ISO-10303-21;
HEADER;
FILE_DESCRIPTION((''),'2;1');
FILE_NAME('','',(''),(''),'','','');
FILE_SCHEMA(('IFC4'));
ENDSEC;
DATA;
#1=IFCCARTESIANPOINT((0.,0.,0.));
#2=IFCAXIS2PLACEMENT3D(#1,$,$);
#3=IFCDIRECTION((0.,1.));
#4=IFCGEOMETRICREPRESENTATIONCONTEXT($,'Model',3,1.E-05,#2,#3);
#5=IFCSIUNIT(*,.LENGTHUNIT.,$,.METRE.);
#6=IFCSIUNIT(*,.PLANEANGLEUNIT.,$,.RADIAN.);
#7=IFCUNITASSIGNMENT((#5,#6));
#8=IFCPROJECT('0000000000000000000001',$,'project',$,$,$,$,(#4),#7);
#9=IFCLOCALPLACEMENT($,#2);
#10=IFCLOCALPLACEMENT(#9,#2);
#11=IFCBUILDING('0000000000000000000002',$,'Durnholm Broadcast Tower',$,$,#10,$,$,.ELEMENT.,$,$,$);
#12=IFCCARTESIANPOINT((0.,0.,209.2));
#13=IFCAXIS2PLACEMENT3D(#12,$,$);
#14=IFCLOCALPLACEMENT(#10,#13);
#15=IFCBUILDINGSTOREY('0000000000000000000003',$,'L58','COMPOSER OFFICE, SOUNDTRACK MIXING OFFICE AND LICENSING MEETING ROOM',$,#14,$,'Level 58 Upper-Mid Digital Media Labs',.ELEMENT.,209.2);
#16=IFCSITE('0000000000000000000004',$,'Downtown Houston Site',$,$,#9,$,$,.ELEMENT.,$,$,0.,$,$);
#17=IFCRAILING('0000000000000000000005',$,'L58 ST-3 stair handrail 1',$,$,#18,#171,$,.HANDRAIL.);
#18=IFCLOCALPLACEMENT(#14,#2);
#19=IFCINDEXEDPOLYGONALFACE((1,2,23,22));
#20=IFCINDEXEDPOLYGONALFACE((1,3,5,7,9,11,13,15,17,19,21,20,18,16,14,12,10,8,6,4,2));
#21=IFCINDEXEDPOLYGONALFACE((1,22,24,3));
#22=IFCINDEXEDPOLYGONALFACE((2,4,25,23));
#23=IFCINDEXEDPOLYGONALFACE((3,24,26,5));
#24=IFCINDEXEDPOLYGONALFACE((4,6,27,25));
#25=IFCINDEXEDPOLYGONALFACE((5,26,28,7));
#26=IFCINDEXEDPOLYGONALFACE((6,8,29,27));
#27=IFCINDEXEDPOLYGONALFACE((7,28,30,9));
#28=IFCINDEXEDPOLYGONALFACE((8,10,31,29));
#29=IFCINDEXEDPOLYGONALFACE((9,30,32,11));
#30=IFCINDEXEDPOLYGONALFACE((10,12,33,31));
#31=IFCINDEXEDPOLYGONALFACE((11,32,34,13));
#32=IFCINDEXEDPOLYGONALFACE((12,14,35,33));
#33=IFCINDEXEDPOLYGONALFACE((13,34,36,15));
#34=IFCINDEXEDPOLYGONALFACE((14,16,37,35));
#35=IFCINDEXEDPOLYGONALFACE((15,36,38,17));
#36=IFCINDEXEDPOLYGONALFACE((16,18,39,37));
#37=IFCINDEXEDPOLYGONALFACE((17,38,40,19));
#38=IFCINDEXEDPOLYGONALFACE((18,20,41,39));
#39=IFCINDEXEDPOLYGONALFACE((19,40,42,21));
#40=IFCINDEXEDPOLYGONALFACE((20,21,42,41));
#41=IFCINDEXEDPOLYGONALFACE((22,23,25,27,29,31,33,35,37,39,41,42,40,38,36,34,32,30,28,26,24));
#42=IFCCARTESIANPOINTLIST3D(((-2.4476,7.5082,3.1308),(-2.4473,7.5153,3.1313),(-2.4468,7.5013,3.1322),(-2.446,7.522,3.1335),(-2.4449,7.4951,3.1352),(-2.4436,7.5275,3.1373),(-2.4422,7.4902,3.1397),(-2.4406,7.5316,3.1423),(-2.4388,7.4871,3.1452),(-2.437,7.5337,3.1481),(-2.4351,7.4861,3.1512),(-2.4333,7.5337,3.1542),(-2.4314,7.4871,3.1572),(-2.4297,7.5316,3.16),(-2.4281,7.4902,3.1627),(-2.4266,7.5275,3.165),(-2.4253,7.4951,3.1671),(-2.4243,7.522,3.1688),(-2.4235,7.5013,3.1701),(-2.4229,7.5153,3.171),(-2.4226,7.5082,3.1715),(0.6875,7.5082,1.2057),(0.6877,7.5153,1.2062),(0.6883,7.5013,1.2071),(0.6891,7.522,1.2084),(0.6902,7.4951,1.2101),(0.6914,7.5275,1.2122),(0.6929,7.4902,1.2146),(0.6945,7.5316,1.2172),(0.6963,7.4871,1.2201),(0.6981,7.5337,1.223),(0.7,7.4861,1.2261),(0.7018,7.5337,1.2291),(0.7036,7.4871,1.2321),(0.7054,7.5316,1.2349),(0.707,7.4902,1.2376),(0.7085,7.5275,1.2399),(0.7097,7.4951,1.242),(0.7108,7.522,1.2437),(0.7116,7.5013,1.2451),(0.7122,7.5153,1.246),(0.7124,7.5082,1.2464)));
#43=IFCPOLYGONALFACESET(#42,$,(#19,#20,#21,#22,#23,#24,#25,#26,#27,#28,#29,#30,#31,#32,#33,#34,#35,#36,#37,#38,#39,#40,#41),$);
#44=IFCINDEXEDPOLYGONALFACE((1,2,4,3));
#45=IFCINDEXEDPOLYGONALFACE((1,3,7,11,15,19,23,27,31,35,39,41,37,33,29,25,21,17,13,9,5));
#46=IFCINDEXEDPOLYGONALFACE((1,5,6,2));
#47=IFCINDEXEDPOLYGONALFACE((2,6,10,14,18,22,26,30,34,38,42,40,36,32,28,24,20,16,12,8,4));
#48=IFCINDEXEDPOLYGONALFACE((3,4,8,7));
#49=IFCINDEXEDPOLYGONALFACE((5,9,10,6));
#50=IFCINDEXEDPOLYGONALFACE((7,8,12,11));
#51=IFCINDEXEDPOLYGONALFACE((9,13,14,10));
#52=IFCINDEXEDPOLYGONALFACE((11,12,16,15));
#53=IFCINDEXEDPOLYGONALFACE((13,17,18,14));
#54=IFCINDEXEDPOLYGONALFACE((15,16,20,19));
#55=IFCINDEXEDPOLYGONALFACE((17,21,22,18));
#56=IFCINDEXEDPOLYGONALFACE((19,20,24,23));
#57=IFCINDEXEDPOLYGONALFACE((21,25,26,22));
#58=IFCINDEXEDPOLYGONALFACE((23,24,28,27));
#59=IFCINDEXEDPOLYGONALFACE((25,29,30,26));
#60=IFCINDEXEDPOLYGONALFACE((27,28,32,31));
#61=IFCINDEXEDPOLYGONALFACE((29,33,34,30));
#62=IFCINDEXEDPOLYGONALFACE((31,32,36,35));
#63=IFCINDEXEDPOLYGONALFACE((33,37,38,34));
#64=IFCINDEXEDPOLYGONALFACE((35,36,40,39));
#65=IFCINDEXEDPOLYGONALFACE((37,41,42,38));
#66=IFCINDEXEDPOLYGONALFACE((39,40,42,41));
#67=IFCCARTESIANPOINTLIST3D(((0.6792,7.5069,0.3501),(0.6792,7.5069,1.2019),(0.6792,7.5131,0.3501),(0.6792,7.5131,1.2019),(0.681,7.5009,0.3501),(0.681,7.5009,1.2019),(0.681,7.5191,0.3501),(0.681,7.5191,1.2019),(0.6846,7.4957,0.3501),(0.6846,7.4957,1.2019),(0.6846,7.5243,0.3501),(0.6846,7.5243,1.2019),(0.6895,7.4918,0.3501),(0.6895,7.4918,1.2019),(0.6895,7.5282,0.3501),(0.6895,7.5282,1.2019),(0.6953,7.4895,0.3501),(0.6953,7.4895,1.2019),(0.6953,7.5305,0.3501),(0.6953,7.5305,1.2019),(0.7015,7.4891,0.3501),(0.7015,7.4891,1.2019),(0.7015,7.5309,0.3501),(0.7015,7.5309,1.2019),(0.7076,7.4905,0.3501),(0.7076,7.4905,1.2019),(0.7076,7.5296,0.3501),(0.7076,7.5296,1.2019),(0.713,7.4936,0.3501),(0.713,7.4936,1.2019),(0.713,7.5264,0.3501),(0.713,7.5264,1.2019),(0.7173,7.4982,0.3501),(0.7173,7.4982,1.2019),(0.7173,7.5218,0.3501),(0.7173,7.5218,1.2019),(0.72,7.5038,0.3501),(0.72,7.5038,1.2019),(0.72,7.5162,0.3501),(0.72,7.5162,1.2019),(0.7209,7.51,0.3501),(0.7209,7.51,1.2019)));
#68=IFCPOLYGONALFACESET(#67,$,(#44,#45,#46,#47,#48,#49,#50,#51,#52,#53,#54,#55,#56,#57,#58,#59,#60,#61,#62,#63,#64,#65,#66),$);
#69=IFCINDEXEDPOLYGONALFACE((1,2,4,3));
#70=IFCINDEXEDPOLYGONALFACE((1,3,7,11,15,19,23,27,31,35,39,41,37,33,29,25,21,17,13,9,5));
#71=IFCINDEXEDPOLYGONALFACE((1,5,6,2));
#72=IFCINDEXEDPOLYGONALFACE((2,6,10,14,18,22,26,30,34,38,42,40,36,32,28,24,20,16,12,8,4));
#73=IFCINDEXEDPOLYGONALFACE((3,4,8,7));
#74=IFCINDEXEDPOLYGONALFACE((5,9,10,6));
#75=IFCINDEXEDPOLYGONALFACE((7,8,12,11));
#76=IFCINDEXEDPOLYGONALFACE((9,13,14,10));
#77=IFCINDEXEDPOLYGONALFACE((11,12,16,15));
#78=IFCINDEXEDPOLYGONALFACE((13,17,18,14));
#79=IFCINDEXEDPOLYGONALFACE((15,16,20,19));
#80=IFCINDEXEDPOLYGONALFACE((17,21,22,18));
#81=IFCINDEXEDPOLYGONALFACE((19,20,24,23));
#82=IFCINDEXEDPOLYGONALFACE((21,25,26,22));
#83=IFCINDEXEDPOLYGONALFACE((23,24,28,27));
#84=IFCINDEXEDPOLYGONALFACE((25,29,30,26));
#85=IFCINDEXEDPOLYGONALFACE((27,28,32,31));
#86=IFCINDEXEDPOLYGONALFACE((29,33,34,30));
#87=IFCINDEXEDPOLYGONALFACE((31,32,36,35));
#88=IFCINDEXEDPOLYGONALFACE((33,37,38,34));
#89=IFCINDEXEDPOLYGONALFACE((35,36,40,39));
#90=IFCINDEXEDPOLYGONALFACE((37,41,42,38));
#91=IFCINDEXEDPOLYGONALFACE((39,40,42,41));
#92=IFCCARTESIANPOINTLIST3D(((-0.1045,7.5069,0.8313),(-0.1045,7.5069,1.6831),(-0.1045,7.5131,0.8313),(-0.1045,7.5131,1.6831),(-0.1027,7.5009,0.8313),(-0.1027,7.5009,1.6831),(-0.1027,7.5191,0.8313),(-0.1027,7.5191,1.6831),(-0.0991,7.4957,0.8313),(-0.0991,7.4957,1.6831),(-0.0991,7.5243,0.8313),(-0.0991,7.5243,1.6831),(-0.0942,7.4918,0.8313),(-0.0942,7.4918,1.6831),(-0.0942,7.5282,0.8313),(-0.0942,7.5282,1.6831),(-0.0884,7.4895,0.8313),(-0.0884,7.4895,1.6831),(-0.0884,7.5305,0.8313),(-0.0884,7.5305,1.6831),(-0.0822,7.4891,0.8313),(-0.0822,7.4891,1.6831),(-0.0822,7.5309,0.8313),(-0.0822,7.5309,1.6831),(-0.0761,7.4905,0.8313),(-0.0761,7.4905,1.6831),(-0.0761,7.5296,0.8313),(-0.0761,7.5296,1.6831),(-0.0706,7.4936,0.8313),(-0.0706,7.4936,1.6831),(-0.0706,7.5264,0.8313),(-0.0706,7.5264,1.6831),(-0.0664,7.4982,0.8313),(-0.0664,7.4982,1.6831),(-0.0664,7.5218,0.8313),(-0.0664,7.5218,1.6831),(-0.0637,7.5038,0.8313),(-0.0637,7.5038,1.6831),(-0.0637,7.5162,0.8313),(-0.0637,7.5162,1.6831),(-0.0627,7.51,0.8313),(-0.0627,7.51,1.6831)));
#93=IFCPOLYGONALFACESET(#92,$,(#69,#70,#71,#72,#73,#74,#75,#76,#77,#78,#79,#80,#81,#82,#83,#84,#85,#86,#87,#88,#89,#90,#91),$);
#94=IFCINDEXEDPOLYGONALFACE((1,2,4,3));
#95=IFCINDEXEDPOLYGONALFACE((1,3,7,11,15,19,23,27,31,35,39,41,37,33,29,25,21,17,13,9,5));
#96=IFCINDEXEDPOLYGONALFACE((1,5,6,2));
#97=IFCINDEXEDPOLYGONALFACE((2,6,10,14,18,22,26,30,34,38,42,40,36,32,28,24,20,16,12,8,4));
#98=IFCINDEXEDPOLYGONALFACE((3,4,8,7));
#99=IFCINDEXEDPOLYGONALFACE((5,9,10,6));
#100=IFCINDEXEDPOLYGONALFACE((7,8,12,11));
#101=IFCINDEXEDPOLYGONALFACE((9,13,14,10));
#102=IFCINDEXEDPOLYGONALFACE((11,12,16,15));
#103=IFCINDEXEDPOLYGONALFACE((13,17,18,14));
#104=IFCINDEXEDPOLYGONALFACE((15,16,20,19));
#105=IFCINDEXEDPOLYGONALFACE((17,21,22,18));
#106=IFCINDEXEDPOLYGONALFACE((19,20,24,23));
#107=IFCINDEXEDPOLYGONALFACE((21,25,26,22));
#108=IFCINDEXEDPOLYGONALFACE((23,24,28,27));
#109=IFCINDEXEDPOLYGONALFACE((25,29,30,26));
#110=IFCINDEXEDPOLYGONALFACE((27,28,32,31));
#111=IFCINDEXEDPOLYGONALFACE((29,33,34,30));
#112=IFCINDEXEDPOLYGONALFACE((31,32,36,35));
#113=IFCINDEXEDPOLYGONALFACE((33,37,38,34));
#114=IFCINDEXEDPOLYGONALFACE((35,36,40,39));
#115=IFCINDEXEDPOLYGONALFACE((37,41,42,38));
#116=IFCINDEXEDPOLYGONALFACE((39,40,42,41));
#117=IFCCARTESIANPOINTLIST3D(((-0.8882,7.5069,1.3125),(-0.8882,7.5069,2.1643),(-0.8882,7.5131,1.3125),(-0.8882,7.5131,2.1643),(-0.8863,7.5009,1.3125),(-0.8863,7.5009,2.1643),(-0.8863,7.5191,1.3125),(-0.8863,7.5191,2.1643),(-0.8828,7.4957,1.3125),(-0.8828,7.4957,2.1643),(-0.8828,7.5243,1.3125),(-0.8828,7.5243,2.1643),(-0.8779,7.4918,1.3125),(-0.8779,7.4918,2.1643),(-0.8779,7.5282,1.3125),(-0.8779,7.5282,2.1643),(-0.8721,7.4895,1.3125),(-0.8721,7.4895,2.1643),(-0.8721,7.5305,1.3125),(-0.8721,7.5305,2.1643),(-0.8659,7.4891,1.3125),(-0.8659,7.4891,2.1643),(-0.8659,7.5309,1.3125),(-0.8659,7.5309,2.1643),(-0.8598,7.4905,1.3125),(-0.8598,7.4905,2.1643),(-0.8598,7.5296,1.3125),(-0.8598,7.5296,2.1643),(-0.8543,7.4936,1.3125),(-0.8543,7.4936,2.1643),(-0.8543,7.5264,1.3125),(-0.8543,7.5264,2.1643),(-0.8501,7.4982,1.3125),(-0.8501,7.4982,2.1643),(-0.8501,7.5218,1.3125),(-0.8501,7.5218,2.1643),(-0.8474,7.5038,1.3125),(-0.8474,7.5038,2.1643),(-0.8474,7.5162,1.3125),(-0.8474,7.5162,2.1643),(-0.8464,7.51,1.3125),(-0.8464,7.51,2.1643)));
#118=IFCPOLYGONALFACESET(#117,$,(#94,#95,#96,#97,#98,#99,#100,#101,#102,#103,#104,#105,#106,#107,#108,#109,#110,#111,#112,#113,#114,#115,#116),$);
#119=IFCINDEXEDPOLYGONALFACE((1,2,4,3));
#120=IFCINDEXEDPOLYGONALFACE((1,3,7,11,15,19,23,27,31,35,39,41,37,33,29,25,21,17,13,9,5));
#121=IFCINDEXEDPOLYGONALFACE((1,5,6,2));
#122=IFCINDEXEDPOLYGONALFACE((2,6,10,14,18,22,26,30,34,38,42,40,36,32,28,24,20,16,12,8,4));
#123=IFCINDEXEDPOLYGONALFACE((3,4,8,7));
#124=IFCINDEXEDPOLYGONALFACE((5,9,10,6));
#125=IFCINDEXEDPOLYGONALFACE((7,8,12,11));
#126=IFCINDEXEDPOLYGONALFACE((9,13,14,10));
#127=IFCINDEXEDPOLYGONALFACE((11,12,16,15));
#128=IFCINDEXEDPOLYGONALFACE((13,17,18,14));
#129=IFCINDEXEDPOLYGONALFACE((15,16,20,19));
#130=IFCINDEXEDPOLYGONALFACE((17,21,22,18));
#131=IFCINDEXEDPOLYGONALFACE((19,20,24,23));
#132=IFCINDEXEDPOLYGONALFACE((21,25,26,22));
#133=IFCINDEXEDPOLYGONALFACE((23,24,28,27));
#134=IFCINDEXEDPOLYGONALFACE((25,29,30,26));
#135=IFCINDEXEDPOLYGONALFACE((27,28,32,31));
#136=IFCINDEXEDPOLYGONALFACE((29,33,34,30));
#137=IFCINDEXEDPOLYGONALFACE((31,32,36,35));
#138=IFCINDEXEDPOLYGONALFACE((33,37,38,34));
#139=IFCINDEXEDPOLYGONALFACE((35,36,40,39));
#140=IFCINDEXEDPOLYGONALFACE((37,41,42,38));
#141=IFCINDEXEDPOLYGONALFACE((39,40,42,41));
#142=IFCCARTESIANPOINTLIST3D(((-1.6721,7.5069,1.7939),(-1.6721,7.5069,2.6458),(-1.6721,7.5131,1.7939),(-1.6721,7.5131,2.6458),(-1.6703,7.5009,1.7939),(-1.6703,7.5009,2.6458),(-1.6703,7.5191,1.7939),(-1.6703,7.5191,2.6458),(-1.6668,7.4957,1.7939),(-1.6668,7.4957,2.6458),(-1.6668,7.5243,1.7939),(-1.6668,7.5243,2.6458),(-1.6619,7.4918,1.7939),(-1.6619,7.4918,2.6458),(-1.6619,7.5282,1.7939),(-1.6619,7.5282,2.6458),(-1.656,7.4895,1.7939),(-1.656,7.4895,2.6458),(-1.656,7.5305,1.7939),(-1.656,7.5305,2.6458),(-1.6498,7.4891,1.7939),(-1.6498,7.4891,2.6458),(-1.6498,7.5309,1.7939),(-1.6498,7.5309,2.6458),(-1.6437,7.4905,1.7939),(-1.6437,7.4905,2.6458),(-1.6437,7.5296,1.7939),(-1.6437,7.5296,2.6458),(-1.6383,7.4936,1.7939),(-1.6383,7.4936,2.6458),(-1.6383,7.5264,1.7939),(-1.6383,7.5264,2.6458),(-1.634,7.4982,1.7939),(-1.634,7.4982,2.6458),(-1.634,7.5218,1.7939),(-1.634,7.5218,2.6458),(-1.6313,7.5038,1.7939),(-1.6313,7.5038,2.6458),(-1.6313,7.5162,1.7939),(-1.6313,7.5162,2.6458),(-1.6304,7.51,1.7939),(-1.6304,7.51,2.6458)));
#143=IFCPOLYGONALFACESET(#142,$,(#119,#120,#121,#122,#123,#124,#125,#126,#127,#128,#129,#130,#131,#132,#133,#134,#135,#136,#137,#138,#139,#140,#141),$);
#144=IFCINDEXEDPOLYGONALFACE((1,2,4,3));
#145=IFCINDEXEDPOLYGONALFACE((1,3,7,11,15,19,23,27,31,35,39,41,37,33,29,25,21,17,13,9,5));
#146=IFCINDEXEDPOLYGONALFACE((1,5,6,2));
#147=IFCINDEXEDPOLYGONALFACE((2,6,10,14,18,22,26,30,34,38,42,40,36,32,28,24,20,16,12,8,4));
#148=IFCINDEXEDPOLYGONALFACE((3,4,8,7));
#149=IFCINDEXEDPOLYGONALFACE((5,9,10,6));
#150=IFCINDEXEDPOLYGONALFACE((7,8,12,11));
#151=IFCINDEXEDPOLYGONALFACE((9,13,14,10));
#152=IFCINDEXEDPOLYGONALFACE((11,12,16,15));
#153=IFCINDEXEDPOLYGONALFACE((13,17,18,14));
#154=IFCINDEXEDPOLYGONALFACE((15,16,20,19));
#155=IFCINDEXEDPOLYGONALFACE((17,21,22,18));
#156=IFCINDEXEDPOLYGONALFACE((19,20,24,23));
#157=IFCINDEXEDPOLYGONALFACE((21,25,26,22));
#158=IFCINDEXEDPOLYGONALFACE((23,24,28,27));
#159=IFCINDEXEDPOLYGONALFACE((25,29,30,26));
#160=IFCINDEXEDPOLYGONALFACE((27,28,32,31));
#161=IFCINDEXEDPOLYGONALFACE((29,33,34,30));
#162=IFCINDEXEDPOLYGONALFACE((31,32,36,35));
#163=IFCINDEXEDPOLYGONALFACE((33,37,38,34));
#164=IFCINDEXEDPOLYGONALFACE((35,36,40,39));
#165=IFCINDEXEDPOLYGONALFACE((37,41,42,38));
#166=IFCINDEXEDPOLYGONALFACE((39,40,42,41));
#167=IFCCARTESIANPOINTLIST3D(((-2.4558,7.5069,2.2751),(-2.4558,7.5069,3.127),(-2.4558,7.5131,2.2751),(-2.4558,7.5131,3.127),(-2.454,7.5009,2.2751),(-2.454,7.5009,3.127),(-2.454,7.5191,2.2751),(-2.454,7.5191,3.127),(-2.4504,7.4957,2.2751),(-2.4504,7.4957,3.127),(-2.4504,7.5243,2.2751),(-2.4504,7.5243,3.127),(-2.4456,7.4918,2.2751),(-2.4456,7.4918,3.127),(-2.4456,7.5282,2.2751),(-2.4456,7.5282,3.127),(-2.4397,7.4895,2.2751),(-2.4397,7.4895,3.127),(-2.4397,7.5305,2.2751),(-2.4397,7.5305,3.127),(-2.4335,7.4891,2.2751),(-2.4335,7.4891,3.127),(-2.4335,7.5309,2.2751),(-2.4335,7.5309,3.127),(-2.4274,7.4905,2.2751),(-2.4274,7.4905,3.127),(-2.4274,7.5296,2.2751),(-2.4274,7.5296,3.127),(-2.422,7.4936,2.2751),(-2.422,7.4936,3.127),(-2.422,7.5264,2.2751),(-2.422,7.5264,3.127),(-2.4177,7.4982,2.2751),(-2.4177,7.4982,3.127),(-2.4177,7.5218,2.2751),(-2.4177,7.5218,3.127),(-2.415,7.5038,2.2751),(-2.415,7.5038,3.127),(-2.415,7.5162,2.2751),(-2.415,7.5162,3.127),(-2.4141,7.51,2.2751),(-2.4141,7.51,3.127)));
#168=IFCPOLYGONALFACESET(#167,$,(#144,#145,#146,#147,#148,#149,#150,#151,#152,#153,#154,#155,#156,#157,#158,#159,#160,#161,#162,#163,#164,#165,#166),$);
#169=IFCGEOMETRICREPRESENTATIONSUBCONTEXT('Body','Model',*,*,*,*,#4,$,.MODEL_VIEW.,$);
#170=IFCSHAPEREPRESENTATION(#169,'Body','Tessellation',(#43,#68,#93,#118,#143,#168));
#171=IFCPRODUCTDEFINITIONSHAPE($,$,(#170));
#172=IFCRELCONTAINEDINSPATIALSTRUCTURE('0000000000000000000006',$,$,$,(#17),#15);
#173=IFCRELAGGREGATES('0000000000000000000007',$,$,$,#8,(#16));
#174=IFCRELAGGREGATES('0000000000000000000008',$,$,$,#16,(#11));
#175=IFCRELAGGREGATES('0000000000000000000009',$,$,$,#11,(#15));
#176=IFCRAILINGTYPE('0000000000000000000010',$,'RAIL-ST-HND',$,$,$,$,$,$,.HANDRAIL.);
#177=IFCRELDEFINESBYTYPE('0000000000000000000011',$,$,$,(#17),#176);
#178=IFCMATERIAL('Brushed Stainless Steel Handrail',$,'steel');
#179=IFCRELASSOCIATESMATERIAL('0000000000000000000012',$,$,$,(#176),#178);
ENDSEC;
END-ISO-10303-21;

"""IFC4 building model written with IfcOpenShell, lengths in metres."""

from ifc_helpers import new_model, si_unit, direction, frame, origin, origin_2d, place, context, subcontext, project, spatial, circle, extrude, material, type_object, element, save


model = new_model("IFC4")

# Units and contexts
model_context = context("Model", 3, precision=1e-05, world=origin(), true_north=direction((0.0, 1.0)))
body_context = subcontext(model_context, "Body", "Model", "MODEL_VIEW")
ifc_project = project(units=[si_unit("LENGTHUNIT", "METRE"), si_unit("PLANEANGLEUNIT", "RADIAN")], contexts=[model_context])

# Site, building, storey
site_placement = place(None, origin())
site = spatial("IfcSite", under=ifc_project, at=site_placement, Name="Downtown Houston Site", CompositionType="ELEMENT", RefElevation=0.0)
building_placement = place(site_placement, origin())
building = spatial("IfcBuilding", under=site, at=building_placement, Name="Durnholm Broadcast Tower", CompositionType="ELEMENT")
storey_placement = place(building_placement, frame((0.0, 0.0, 209.2)))
storey = spatial("IfcBuildingStorey", under=building, at=storey_placement, Name="L58", Description="COMPOSER OFFICE, SOUNDTRACK MIXING OFFICE AND LICENSING MEETING ROOM", LongName="Level 58 Upper-Mid Digital Media Labs", CompositionType="ELEMENT", Elevation=209.2)

# Railing
ifc_material_1 = material(Name="Brushed Stainless Steel Handrail", Category="steel")
railing_type_1 = type_object("IfcRailingType", Name="RAIL-ST-HND", PredefinedType="HANDRAIL", material=ifc_material_1)
railing_1_placement = place(storey_placement, frame((0.7, 7.51, 0.3501)))
element("IfcRailing", 1, at=railing_1_placement, inside=storey, type_object=railing_type_1, Name="L58 ST-3 stair handrail 1", PredefinedType="HANDRAIL", context=body_context, shape_type="SweptSolid", body=[
    extrude(circle(Radius=0.0239, at=origin_2d()), frame((0.0, 0.0, 0.876), z_axis=(-0.852166, 0.0, 0.523271), x_axis=(0.0, -1.0, 0.0)), (0.0, 0.0, 1.0), 3.679),
    extrude(circle(Radius=0.021, at=origin_2d()), origin(), (0.0, 0.0, 1.0), 0.8518),
    extrude(circle(Radius=0.021, at=origin_2d()), frame((-0.7837, 0.0, 0.4812)), (0.0, 0.0, 1.0), 0.8518),
    extrude(circle(Radius=0.021, at=origin_2d()), frame((-1.5674, 0.0, 0.9624)), (0.0, 0.0, 1.0), 0.8518),
    extrude(circle(Radius=0.021, at=origin_2d()), frame((-2.3513, 0.0, 1.4438)), (0.0, 0.0, 1.0), 0.8518),
    extrude(circle(Radius=0.021, at=origin_2d()), frame((-3.135, 0.0, 1.925)), (0.0, 0.0, 1.0), 0.8518),
])

save(model, "model.ifc")
